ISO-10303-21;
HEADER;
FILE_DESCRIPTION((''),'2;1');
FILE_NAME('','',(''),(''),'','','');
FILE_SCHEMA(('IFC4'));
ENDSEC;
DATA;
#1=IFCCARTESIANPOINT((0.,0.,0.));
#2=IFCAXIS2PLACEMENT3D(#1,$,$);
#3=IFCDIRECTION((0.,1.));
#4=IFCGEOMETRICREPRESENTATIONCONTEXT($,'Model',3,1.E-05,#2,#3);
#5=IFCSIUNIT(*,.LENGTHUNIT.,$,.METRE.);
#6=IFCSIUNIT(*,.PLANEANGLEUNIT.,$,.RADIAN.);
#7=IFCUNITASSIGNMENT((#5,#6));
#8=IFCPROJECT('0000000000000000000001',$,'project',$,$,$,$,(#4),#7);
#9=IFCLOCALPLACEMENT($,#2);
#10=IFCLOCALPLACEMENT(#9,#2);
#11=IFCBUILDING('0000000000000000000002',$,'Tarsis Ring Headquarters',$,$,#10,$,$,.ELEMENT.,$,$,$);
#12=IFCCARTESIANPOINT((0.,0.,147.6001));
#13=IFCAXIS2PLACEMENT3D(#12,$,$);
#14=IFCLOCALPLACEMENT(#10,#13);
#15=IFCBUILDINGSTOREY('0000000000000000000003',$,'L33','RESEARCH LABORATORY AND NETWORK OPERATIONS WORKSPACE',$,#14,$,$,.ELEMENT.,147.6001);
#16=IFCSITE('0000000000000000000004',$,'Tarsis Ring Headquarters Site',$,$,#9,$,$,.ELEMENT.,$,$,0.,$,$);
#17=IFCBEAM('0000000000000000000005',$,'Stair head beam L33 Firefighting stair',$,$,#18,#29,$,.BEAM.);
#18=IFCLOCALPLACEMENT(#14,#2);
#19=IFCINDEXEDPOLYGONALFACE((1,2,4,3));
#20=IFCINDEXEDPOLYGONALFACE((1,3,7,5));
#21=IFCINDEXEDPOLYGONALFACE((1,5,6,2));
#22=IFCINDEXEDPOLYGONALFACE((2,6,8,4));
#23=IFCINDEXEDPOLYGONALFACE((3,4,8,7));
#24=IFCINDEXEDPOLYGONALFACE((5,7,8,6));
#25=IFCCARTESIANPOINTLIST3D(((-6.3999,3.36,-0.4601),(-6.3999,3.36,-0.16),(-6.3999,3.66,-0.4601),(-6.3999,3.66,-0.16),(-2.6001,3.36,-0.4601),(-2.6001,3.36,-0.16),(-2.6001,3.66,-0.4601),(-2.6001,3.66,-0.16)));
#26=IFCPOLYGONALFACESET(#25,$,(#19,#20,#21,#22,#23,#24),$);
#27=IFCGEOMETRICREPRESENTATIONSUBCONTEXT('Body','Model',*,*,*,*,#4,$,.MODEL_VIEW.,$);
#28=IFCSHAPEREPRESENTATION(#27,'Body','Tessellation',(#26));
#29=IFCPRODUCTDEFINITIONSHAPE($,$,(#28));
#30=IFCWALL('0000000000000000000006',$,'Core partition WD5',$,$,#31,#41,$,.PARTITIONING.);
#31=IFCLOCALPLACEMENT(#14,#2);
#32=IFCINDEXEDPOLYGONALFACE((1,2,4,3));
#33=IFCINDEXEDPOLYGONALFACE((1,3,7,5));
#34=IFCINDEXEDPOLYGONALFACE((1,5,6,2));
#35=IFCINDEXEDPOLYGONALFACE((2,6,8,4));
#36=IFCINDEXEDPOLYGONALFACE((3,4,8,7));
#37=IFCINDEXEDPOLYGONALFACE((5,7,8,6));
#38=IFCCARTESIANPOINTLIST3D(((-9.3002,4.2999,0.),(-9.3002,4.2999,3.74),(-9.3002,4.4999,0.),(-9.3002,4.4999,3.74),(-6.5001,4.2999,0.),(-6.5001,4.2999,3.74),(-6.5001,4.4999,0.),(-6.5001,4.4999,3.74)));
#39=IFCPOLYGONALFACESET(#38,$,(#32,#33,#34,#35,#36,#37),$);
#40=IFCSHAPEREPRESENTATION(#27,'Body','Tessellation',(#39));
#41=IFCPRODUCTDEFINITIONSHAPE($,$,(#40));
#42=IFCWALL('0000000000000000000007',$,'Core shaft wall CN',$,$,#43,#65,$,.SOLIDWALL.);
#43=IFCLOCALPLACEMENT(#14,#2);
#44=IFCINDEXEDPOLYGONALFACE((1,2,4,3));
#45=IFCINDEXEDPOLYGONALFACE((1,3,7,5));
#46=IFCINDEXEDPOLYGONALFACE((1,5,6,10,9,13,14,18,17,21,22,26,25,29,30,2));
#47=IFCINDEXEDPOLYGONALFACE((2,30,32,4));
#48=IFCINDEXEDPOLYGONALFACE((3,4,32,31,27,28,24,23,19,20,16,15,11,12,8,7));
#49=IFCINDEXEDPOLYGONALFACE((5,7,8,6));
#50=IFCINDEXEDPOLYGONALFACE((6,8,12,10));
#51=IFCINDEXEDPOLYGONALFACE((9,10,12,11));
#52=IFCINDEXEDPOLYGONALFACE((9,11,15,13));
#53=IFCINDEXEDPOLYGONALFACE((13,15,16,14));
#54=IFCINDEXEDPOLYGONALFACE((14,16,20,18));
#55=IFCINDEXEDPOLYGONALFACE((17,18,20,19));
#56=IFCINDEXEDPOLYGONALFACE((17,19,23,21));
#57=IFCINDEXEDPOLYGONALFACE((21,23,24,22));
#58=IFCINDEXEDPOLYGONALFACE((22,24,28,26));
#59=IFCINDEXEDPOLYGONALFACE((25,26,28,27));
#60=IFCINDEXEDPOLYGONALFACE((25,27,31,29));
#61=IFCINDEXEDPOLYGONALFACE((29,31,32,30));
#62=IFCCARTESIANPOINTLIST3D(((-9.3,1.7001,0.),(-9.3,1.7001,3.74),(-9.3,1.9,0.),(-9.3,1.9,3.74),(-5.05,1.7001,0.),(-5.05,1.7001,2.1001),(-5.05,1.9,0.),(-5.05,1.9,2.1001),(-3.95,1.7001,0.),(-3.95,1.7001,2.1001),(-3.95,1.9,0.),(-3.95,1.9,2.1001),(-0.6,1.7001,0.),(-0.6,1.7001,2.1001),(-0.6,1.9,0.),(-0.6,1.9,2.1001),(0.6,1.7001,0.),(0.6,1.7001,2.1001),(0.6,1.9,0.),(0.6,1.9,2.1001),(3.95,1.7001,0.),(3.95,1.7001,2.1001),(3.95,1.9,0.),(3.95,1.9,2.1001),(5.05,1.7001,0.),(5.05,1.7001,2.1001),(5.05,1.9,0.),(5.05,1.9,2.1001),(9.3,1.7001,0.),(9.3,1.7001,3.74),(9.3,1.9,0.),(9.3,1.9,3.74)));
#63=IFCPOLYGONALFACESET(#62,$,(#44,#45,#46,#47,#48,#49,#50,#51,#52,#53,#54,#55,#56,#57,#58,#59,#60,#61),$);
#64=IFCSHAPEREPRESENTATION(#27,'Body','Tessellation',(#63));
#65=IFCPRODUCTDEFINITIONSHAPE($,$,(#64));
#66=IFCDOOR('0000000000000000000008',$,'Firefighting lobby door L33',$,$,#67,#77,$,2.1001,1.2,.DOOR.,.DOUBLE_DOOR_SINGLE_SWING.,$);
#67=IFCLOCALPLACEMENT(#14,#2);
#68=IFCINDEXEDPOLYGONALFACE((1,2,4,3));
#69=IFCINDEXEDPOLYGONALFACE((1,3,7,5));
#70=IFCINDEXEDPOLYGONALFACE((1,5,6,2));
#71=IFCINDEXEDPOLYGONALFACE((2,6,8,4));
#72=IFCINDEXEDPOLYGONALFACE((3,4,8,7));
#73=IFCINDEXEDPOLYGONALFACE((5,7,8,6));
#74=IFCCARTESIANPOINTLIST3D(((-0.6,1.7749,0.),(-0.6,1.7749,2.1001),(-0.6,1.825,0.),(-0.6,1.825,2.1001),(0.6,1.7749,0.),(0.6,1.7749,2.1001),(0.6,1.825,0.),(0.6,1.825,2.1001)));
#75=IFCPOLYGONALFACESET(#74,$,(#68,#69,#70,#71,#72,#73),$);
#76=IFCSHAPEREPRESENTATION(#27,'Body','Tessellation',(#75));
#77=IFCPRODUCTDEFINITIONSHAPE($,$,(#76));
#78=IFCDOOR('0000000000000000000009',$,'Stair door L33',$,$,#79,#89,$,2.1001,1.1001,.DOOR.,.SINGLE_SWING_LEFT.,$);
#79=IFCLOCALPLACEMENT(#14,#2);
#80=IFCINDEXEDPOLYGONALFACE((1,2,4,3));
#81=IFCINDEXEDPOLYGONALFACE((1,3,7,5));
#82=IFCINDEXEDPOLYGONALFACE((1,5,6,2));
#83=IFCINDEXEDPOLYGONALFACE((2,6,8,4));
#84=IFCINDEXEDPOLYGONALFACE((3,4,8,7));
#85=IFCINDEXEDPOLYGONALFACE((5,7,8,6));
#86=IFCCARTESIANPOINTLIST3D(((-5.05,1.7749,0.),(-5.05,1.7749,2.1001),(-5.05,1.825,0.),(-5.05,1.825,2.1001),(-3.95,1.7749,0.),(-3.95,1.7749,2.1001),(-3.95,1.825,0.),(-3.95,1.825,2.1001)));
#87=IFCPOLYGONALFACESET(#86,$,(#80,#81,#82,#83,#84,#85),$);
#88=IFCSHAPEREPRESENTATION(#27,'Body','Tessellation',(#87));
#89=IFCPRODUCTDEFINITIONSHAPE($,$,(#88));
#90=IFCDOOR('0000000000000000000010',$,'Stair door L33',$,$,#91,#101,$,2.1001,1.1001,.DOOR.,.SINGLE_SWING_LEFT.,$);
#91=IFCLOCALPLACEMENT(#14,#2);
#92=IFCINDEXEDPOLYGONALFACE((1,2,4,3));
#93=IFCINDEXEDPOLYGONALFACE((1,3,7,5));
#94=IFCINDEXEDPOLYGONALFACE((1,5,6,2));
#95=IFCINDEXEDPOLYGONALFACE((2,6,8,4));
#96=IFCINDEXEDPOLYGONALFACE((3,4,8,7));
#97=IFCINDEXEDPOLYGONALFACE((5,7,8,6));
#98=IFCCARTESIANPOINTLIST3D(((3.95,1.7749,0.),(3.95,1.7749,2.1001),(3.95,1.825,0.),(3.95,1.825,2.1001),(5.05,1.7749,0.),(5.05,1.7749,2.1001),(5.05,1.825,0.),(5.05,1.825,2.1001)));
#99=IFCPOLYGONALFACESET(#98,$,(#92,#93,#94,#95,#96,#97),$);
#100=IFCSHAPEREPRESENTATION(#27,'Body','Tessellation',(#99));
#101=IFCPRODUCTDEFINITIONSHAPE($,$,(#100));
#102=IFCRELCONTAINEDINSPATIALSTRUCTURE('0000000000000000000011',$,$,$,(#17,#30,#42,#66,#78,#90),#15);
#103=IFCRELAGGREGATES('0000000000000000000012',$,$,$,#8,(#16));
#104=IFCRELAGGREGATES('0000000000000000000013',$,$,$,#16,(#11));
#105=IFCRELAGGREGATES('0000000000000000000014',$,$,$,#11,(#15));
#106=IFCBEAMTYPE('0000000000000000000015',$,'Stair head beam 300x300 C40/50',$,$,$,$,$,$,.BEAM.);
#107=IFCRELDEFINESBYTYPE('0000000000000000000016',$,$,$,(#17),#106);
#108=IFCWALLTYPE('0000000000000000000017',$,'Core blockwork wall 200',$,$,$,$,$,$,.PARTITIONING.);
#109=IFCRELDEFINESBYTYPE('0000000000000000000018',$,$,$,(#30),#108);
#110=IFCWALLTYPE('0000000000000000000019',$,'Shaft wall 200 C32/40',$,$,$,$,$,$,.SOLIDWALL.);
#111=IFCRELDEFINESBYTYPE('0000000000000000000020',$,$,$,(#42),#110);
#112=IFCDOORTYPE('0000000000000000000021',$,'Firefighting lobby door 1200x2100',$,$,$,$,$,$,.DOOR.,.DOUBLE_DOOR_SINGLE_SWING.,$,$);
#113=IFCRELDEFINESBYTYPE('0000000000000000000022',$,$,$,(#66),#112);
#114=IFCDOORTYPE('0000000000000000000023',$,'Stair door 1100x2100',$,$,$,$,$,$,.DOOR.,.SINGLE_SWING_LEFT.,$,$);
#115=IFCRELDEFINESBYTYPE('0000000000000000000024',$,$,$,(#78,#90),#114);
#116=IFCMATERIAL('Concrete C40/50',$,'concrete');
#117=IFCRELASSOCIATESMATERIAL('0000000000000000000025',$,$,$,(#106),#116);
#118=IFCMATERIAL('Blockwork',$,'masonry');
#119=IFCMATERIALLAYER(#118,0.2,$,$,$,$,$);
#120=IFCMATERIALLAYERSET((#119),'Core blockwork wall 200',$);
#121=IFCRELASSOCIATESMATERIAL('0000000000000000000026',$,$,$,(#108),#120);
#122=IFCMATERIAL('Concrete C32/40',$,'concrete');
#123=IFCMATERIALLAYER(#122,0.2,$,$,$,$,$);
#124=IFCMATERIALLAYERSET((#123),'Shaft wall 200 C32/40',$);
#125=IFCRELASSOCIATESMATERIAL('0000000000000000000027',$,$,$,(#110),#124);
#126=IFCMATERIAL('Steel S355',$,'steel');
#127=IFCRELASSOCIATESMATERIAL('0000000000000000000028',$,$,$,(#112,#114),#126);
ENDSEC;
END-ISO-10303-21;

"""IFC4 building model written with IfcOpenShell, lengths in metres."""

from ifc_helpers import new_model, si_unit, direction, frame, frame_2d, origin, origin_2d, place, context, subcontext, project, spatial, rectangle, extrude, material, layer, layer_set, material_profile, profile_set, type_object, element, fill, save


model = new_model("IFC4")

# Units and contexts
model_context = context("Model", 3, precision=1e-05, world=origin(), true_north=direction((0.0, 1.0)))
body_context = subcontext(model_context, "Body", "Model", "MODEL_VIEW")
ifc_project = project(units=[si_unit("LENGTHUNIT", "METRE"), si_unit("PLANEANGLEUNIT", "RADIAN")], contexts=[model_context])

# Site, building, storey
site_placement = place(None, origin())
site = spatial("IfcSite", under=ifc_project, at=site_placement, Name="Tarsis Ring Headquarters Site", CompositionType="ELEMENT", RefElevation=0.0)
building_placement = place(site_placement, origin())
building = spatial("IfcBuilding", under=site, at=building_placement, Name="Tarsis Ring Headquarters", CompositionType="ELEMENT")
storey_placement = place(building_placement, frame((0.0, 0.0, 147.6001)))
storey = spatial("IfcBuildingStorey", under=building, at=storey_placement, Name="L33", Description="RESEARCH LABORATORY AND NETWORK OPERATIONS WORKSPACE", CompositionType="ELEMENT", Elevation=147.6001)

# Beam
ifc_material_1 = material(Name="Concrete C40/50", Category="concrete")
ifc_material_profile = material_profile(ifc_material_1, rectangle(XDim=0.3, YDim=0.3, at=origin_2d()), Name="Stair head beam 300x300 C40/50")
ifc_profile_set = profile_set([ifc_material_profile], Name="Concrete C40/50")
beam_type = type_object("IfcBeamType", Name="Stair head beam 300x300 C40/50", PredefinedType="BEAM", material=ifc_profile_set)
beam_placement = place(storey_placement, frame((-6.3999, 3.51, -0.3101), z_axis=(1.0, 0.0, 0.0), x_axis=(0.0, 1.0, 0.0)))
element("IfcBeam", 1, at=beam_placement, inside=storey, type_object=beam_type, Name="Stair head beam L33 Firefighting stair", PredefinedType="BEAM", context=body_context, shape_type="SweptSolid", body=[
    extrude(rectangle(XDim=0.3, YDim=0.3, at=origin_2d()), origin(), (0.0, 0.0, 1.0), 3.7998),
])

# Wall
ifc_material_2 = material(Name="Blockwork", Category="masonry")
ifc_layer_1 = layer(ifc_material_2, 0.2)
ifc_layer_set_1 = layer_set([ifc_layer_1], Name="Core blockwork wall 200")
wall_type_1 = type_object("IfcWallType", Name="Core blockwork wall 200", PredefinedType="PARTITIONING", material=ifc_layer_set_1)
wall_1_placement = place(storey_placement, frame((-9.3, 4.3999, 0.0), z_axis=(0.0, 0.0, 1.0), x_axis=(1.0, 0.0, 0.0)))
element("IfcWall", 2, at=wall_1_placement, inside=storey, type_object=wall_type_1, Name="Core partition WD5", PredefinedType="PARTITIONING", context=body_context, shape_type="SweptSolid", body=[
    extrude(rectangle(XDim=2.8, YDim=0.2, at=frame_2d((1.3999, 0.0))), origin(), (0.0, 0.0, 1.0), 3.74),
])

# Wall, openings, doors
ifc_material_3 = material(Name="Concrete C32/40", Category="concrete")
ifc_layer_2 = layer(ifc_material_3, 0.2)
ifc_layer_set_2 = layer_set([ifc_layer_2], Name="Shaft wall 200 C32/40")
wall_type_2 = type_object("IfcWallType", Name="Shaft wall 200 C32/40", PredefinedType="SOLIDWALL", material=ifc_layer_set_2)
wall_2_placement = place(storey_placement, frame((-9.3, 1.8, 0.0), z_axis=(0.0, 0.0, 1.0), x_axis=(1.0, 0.0, 0.0)))
wall_2 = element("IfcWall", 3, at=wall_2_placement, inside=storey, type_object=wall_type_2, Name="Core shaft wall CN", PredefinedType="SOLIDWALL", context=body_context, shape_type="SweptSolid", body=[
    extrude(rectangle(XDim=18.6001, YDim=0.2, at=frame_2d((9.3, 0.0))), origin(), (0.0, 0.0, 1.0), 3.74),
])
opening_1_placement = place(wall_2_placement, frame((4.25, 0.0, 0.0)))
opening_1 = element("IfcOpeningElement", 4, at=opening_1_placement, cuts=wall_2, PredefinedType="OPENING", context=body_context, shape_type="SweptSolid", body=[
    extrude(rectangle(XDim=1.1001, YDim=2.1001, at=frame_2d((0.55, 1.05))), frame((0.0, 0.1099, 0.0), z_axis=(0.0, -1.0, 0.0), x_axis=(1.0, 0.0, 0.0)), (0.0, 0.0, 1.0), 0.22),
])
opening_2_placement = place(wall_2_placement, frame((8.7, 0.0, 0.0)))
opening_2 = element("IfcOpeningElement", 5, at=opening_2_placement, cuts=wall_2, PredefinedType="OPENING", context=body_context, shape_type="SweptSolid", body=[
    extrude(rectangle(XDim=1.2, YDim=2.1001, at=frame_2d((0.6001, 1.05))), frame((0.0, 0.1099, 0.0), z_axis=(0.0, -1.0, 0.0), x_axis=(1.0, 0.0, 0.0)), (0.0, 0.0, 1.0), 0.22),
])
opening_3_placement = place(wall_2_placement, frame((13.25, 0.0, 0.0)))
opening_3 = element("IfcOpeningElement", 6, at=opening_3_placement, cuts=wall_2, PredefinedType="OPENING", context=body_context, shape_type="SweptSolid", body=[
    extrude(rectangle(XDim=1.1001, YDim=2.1001, at=frame_2d((0.55, 1.05))), frame((0.0, 0.1099, 0.0), z_axis=(0.0, -1.0, 0.0), x_axis=(1.0, 0.0, 0.0)), (0.0, 0.0, 1.0), 0.22),
])
ifc_material_4 = material(Name="Steel S355", Category="steel")
door_type_1 = type_object("IfcDoorType", Name="Firefighting lobby door 1200x2100", OperationType="DOUBLE_DOOR_SINGLE_SWING", PredefinedType="DOOR", material=ifc_material_4)
door_1_placement = place(opening_2_placement, origin())
door_1 = element("IfcDoor", 7, at=door_1_placement, inside=storey, type_object=door_type_1, Name="Firefighting lobby door L33", OperationType="DOUBLE_DOOR_SINGLE_SWING", OverallHeight=2.1001, OverallWidth=1.2, PredefinedType="DOOR", context=body_context, shape_type="SweptSolid", body=[
    extrude(rectangle(XDim=1.2, YDim=2.1001, at=frame_2d((0.6001, 1.05))), frame((0.0, 0.0249, 0.0), z_axis=(0.0, -1.0, 0.0), x_axis=(1.0, 0.0, 0.0)), (0.0, 0.0, 1.0), 0.05),
])
fill(opening_2, door_1)
door_type_2 = type_object("IfcDoorType", Name="Stair door 1100x2100", OperationType="SINGLE_SWING_LEFT", PredefinedType="DOOR", material=ifc_material_4)
door_2_placement = place(opening_1_placement, origin())
door_2 = element("IfcDoor", 8, at=door_2_placement, inside=storey, type_object=door_type_2, Name="Stair door L33", OperationType="SINGLE_SWING_LEFT", OverallHeight=2.1001, OverallWidth=1.1001, PredefinedType="DOOR", context=body_context, shape_type="SweptSolid", body=[
    extrude(rectangle(XDim=1.1001, YDim=2.1001, at=frame_2d((0.55, 1.05))), frame((0.0, 0.0249, 0.0), z_axis=(0.0, -1.0, 0.0), x_axis=(1.0, 0.0, 0.0)), (0.0, 0.0, 1.0), 0.05),
])
fill(opening_1, door_2)
door_3_placement = place(opening_3_placement, origin())
door_3 = element("IfcDoor", 9, at=door_3_placement, inside=storey, type_object=door_type_2, Name="Stair door L33", OperationType="SINGLE_SWING_LEFT", OverallHeight=2.1001, OverallWidth=1.1001, PredefinedType="DOOR", context=body_context, shape_type="SweptSolid", body=[
    extrude(rectangle(XDim=1.1001, YDim=2.1001, at=frame_2d((0.55, 1.05))), frame((0.0, 0.0249, 0.0), z_axis=(0.0, -1.0, 0.0), x_axis=(1.0, 0.0, 0.0)), (0.0, 0.0, 1.0), 0.05),
])
fill(opening_3, door_3)

save(model, "model.ifc")
